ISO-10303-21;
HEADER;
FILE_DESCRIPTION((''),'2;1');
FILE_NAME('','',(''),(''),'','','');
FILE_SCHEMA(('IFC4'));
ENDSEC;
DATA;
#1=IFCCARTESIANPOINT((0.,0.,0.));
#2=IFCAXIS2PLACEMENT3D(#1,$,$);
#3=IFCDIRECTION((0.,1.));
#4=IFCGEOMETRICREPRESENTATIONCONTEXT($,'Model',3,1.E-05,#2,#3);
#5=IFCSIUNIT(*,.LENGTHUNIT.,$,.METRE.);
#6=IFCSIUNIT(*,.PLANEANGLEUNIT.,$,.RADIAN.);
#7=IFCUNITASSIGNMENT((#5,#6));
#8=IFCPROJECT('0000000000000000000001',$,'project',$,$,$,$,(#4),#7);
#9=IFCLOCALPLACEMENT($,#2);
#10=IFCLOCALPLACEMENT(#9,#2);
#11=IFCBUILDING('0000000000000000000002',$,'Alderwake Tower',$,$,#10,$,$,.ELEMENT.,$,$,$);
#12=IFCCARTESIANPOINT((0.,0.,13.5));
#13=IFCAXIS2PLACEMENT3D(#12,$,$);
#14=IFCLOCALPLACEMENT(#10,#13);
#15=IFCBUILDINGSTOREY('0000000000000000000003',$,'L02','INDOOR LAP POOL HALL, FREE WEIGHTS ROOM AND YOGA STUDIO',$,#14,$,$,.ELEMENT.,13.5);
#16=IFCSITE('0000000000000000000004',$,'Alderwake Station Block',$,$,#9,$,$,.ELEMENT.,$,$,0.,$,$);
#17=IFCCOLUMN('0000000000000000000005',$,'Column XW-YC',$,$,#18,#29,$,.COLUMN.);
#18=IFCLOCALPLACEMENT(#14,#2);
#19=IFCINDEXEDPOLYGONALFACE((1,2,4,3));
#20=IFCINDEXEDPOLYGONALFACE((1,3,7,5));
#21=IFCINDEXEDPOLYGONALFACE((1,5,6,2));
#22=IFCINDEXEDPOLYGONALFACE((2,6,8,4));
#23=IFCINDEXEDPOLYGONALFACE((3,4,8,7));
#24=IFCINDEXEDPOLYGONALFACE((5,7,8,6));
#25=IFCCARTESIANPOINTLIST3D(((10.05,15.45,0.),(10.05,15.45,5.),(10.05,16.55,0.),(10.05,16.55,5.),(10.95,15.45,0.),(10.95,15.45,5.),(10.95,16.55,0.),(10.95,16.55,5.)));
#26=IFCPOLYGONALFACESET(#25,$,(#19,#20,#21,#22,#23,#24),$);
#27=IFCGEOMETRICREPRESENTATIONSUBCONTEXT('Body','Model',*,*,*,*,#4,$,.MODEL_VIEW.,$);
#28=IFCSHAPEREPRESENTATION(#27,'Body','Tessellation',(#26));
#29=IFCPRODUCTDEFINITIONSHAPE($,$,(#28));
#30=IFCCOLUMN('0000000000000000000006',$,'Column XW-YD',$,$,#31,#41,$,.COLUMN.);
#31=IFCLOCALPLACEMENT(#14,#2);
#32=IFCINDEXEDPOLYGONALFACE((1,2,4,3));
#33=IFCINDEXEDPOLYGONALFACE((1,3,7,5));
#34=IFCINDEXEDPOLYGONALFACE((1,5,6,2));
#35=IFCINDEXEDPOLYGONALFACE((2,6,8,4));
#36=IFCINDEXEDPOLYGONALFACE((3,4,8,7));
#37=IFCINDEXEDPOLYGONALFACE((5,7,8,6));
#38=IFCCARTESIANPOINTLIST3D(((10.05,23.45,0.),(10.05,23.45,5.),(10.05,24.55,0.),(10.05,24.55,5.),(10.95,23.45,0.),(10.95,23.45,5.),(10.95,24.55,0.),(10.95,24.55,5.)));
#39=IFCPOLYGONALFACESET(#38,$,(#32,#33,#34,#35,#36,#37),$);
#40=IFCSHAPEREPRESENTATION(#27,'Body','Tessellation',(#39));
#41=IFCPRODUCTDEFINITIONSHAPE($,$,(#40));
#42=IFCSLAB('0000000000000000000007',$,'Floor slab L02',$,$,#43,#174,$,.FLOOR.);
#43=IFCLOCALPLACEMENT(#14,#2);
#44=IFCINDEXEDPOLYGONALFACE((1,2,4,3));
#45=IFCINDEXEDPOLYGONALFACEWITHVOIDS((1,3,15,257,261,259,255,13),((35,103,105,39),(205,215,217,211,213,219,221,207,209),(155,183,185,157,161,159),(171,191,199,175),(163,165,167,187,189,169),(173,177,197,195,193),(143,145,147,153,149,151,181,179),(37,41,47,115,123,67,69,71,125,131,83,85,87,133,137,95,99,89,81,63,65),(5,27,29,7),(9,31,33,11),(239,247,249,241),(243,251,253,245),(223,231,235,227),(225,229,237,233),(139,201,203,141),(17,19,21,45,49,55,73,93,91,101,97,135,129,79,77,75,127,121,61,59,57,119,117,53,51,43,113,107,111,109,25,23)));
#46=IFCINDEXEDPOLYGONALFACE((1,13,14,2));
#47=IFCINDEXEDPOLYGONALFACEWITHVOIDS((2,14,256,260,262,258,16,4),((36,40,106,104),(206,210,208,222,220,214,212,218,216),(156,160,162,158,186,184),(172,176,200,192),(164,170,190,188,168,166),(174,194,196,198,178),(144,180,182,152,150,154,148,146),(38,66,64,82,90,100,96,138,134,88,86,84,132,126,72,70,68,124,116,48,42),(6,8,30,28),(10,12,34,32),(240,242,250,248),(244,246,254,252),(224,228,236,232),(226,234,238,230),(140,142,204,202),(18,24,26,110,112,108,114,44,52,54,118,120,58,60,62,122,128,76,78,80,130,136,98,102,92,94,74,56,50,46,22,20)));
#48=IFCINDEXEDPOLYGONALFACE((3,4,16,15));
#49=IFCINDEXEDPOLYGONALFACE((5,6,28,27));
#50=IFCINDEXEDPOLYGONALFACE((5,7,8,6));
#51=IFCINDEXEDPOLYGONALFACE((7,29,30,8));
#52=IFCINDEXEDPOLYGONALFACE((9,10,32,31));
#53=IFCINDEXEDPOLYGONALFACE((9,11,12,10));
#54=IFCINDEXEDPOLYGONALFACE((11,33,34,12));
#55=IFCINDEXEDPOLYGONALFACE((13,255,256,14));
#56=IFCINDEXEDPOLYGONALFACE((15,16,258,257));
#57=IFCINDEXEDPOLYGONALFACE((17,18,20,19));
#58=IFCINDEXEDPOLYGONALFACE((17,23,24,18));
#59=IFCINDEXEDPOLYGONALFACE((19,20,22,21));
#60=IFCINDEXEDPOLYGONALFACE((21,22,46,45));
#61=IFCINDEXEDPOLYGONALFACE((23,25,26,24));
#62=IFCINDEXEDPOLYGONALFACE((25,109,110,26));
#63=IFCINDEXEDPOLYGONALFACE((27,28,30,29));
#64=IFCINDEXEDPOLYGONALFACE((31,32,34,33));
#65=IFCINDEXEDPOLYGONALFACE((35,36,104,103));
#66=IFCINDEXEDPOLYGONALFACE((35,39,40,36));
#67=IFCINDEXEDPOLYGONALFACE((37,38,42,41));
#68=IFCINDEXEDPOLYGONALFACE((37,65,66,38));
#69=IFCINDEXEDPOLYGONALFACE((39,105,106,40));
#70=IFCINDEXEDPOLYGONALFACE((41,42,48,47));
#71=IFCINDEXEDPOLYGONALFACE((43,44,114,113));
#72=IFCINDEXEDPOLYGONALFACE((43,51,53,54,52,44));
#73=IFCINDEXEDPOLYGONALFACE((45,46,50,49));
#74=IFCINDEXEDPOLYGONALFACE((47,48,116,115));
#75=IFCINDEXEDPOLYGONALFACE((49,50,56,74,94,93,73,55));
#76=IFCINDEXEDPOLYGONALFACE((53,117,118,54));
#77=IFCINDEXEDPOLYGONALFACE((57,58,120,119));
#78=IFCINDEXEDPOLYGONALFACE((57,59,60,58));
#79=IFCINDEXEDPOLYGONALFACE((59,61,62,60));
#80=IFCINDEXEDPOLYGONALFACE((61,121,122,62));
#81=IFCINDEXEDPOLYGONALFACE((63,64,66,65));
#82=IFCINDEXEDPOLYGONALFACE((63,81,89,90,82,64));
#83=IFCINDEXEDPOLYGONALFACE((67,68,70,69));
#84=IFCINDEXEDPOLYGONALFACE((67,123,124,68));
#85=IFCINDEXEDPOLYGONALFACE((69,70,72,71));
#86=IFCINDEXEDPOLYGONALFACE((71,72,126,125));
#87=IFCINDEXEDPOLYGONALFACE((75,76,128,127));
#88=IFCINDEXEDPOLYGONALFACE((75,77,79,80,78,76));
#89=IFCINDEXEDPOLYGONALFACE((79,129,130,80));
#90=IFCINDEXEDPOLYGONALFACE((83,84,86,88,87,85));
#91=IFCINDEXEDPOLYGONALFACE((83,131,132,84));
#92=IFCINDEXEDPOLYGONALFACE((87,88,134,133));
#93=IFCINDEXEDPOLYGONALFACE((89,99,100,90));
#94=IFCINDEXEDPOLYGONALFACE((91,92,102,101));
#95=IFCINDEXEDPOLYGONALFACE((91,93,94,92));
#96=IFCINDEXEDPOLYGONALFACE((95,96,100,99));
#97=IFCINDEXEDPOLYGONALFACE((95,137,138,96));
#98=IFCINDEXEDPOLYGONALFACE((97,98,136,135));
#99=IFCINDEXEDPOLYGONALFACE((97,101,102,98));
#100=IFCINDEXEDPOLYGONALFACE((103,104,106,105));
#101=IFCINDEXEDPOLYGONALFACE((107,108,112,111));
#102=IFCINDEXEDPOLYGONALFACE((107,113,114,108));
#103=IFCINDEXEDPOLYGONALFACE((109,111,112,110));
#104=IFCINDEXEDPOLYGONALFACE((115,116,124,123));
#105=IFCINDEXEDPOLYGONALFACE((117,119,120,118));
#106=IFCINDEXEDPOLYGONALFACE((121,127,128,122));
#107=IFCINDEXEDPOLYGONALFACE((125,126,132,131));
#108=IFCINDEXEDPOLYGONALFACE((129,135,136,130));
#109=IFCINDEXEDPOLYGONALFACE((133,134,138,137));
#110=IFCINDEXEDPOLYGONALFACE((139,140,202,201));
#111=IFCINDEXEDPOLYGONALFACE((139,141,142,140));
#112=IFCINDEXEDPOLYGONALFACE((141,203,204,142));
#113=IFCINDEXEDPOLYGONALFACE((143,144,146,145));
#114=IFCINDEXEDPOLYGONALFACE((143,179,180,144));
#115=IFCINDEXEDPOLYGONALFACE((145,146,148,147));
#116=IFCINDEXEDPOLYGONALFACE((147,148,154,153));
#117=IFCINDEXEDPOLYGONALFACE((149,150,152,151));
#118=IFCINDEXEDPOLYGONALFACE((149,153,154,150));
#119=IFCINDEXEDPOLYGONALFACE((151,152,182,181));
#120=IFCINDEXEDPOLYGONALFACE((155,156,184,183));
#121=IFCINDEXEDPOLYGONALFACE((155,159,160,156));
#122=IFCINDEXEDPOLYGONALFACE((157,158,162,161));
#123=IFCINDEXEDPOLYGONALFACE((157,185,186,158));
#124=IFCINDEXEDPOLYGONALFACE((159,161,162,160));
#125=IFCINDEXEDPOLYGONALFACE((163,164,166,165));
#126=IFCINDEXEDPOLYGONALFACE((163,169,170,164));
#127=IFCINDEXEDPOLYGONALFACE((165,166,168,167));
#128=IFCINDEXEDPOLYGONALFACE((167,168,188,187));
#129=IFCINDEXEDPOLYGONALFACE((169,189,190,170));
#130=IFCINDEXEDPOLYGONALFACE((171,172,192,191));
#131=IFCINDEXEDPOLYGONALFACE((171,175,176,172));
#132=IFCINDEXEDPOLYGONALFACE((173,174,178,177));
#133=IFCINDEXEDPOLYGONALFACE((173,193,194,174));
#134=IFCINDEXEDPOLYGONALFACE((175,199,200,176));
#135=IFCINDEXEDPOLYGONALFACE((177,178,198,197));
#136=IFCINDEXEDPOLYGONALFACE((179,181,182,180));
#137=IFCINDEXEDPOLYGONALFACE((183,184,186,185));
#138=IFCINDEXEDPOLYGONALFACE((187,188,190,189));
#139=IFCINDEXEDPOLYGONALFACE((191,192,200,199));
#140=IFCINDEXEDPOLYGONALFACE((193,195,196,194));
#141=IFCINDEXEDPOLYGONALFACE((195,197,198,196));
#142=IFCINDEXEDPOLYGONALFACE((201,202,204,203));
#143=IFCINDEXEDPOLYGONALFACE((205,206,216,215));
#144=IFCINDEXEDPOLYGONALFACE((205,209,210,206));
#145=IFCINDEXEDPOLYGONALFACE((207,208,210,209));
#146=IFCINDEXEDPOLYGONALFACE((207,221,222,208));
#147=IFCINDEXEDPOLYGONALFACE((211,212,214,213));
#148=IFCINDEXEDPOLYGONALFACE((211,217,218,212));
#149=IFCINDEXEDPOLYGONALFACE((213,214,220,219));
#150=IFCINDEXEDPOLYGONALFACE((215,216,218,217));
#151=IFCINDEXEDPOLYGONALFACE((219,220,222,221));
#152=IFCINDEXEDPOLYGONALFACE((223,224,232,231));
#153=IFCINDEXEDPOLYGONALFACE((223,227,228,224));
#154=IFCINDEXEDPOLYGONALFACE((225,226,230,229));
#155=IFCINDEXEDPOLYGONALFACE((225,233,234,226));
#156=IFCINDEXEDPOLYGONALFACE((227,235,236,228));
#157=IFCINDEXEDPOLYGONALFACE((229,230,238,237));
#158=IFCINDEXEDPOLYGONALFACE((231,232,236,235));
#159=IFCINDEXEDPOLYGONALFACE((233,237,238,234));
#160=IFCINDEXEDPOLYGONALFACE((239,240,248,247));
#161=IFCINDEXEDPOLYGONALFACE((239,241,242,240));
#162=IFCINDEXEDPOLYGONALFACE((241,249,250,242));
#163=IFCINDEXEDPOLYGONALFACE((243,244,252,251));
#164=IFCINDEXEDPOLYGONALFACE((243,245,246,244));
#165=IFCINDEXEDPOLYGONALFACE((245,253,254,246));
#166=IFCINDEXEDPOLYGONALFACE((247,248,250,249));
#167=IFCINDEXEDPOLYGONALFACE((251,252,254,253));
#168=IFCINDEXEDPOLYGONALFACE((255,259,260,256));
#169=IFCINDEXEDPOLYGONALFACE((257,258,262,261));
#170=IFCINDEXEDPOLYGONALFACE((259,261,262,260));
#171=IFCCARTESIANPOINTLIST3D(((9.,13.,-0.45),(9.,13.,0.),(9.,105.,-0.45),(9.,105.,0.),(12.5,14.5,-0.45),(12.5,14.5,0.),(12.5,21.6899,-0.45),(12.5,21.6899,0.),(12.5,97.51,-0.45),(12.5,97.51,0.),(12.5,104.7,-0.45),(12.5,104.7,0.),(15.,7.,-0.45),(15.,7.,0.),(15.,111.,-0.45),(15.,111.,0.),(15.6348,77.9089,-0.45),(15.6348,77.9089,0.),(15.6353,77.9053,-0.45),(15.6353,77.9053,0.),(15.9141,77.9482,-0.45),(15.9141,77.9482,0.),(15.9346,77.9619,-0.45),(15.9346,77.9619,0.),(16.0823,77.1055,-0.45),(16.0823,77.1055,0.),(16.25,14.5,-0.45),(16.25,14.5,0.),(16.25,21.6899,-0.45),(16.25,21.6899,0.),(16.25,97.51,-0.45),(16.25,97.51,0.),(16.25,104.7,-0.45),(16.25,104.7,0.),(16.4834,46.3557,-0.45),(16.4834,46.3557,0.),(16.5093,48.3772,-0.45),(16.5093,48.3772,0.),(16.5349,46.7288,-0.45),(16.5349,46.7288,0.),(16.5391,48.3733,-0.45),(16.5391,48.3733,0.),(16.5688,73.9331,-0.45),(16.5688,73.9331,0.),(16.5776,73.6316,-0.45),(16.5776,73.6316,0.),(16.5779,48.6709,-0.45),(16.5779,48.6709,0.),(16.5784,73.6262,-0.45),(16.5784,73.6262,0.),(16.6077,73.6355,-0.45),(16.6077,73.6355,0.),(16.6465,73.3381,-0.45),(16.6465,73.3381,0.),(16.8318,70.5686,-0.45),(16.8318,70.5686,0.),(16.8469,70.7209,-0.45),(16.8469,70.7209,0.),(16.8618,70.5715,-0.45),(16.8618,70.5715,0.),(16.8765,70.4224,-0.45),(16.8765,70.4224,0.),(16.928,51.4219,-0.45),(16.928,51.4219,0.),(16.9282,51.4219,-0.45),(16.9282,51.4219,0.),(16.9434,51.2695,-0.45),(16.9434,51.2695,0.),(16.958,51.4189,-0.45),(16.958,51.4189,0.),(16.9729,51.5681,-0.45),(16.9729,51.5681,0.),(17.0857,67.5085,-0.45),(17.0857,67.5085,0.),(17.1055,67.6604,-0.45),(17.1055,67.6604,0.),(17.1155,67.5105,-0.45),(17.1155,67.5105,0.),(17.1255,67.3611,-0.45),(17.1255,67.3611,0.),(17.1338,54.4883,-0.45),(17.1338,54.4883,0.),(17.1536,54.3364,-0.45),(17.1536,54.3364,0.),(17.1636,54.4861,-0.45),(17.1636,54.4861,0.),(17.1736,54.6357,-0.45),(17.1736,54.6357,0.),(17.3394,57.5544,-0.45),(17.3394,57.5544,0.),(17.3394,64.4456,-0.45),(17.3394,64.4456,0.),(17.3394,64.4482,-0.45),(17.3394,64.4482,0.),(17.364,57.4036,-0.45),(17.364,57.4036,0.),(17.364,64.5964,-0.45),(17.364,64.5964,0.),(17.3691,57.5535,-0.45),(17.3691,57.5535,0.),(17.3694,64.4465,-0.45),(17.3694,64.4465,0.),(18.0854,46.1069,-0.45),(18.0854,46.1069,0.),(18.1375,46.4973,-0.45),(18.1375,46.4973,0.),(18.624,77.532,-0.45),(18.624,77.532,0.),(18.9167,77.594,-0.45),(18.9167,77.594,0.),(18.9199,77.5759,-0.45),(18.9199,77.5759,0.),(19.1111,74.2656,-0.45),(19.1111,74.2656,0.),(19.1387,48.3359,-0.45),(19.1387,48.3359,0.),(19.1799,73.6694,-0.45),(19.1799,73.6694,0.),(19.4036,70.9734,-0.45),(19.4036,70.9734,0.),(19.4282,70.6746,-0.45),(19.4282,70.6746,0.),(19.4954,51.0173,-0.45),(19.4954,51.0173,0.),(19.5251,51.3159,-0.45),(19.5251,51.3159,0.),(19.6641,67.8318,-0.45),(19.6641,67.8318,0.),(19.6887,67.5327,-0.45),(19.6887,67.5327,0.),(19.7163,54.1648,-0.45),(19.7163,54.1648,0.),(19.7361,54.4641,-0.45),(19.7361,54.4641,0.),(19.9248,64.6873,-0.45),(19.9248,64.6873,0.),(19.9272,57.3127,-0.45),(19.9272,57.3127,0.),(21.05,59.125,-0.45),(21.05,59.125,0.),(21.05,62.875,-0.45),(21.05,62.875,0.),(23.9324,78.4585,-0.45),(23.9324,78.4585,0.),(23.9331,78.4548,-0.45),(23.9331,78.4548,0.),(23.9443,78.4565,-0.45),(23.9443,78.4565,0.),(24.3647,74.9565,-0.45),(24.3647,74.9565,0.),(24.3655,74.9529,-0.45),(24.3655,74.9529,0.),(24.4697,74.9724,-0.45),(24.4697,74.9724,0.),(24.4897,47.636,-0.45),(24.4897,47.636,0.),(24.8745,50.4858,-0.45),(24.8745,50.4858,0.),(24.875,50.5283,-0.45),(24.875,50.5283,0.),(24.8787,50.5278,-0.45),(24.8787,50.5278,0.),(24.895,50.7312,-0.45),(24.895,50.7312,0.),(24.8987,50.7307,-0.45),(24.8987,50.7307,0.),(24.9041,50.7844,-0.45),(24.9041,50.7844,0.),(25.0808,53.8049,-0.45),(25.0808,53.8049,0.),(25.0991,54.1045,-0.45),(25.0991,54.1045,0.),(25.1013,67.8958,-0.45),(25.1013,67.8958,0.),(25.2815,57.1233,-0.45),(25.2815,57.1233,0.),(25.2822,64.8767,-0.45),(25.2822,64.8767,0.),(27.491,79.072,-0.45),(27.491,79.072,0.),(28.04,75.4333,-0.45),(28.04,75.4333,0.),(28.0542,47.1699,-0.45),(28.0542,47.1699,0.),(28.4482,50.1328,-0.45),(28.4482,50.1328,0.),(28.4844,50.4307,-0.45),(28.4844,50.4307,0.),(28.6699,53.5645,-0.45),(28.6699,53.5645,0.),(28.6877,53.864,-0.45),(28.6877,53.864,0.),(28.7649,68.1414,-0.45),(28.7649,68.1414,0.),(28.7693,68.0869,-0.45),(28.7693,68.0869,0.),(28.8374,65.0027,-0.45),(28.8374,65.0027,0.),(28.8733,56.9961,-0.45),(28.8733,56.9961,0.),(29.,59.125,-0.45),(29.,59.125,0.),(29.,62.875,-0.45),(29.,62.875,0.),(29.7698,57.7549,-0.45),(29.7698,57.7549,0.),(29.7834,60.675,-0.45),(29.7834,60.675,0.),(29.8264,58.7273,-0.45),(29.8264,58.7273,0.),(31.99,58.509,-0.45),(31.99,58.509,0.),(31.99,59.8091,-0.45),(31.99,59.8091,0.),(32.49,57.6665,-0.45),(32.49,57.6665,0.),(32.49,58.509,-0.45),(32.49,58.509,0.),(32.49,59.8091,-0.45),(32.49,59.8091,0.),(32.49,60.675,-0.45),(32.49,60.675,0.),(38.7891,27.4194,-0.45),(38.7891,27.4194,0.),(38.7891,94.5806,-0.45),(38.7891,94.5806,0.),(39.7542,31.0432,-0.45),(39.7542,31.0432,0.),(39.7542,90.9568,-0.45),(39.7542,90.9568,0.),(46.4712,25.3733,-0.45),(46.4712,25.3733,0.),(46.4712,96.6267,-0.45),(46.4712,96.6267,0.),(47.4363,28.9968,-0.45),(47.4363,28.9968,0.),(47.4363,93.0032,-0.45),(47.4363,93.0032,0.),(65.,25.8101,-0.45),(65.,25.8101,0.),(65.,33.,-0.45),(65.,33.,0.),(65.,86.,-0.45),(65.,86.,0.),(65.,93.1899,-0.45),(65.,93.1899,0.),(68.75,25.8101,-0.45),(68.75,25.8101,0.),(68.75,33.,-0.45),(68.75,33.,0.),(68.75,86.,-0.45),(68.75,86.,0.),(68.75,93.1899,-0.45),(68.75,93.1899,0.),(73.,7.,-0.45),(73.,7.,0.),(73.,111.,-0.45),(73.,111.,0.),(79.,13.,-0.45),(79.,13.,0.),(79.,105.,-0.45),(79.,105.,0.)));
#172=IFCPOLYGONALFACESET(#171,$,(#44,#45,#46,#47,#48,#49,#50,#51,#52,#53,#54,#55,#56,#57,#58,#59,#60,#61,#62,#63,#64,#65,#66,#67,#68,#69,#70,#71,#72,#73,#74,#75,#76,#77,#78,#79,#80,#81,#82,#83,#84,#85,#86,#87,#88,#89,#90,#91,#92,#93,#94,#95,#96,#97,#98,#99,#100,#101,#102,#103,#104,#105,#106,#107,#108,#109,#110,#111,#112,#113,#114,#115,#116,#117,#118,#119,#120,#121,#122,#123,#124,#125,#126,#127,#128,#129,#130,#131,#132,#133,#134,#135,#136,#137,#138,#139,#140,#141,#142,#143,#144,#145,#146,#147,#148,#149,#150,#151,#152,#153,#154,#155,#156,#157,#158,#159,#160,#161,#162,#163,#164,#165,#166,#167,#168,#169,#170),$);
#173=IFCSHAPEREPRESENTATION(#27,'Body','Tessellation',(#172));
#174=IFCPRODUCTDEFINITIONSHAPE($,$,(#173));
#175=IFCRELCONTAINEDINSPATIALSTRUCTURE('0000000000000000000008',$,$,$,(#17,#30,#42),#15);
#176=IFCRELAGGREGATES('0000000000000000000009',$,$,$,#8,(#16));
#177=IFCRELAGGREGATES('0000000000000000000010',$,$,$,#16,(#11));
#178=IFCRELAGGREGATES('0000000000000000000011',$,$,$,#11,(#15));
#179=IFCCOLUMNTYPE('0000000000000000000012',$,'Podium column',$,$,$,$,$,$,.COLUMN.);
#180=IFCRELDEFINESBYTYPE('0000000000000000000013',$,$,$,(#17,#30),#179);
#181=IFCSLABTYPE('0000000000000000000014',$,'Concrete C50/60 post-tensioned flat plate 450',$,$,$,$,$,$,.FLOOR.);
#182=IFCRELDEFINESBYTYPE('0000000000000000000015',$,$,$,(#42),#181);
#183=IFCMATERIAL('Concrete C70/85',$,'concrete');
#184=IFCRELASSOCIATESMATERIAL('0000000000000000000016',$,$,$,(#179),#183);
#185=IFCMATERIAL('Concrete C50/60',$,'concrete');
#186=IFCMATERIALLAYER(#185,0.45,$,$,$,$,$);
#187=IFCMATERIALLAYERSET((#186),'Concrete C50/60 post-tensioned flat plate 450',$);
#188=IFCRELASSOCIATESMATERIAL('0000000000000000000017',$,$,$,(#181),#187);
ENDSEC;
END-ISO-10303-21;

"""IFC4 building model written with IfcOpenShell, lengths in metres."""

from ifc_helpers import new_model, si_unit, direction, frame, origin, origin_2d, place, context, subcontext, project, spatial, polyline, rectangle, outline, extrude, material, layer, layer_set, material_profile, profile_set, type_object, element, save


model = new_model("IFC4")

# Units and contexts
model_context = context("Model", 3, precision=1e-05, world=origin(), true_north=direction((0.0, 1.0)))
body_context = subcontext(model_context, "Body", "Model", "MODEL_VIEW")
ifc_project = project(units=[si_unit("LENGTHUNIT", "METRE"), si_unit("PLANEANGLEUNIT", "RADIAN")], contexts=[model_context])

# Site, building, storey
site_placement = place(None, origin())
site = spatial("IfcSite", under=ifc_project, at=site_placement, Name="Alderwake Station Block", CompositionType="ELEMENT", RefElevation=0.0)
building_placement = place(site_placement, origin())
building = spatial("IfcBuilding", under=site, at=building_placement, Name="Alderwake Tower", CompositionType="ELEMENT")
storey_placement = place(building_placement, frame((0.0, 0.0, 13.5)))
storey = spatial("IfcBuildingStorey", under=building, at=storey_placement, Name="L02", Description="INDOOR LAP POOL HALL, FREE WEIGHTS ROOM AND YOGA STUDIO", CompositionType="ELEMENT", Elevation=13.5)

# Columns
ifc_material_1 = material(Name="Concrete C70/85", Category="concrete")
ifc_material_profile = material_profile(ifc_material_1, rectangle(XDim=0.8999, YDim=1.1001, at=origin_2d()), Name="RC 1100X900")
ifc_profile_set = profile_set([ifc_material_profile], Name="Concrete C70/85")
column_type = type_object("IfcColumnType", Name="Podium column", PredefinedType="COLUMN", material=ifc_profile_set)
for number, where, z_axis, x_axis, name in (
    (1, (10.5, 16.0, 0.0), (0.0, 0.0, 1.0), (1.0, 0.0, 0.0), "Column XW-YC"),
    (2, (10.5, 24.0, 0.0), (0.0, 0.0, 1.0), (1.0, 0.0, 0.0), "Column XW-YD"),
):
    element("IfcColumn", number, at=place(storey_placement, frame(where, z_axis=z_axis, x_axis=x_axis)), inside=storey, type_object=column_type, Name=name, PredefinedType="COLUMN", context=body_context, shape_type="SweptSolid", body=[
        extrude(rectangle(XDim=0.8999, YDim=1.1001, at=origin_2d()), origin(), (0.0, 0.0, 1.0), 5.0),
    ])

# Slab
ifc_material_2 = material(Name="Concrete C50/60", Category="concrete")
ifc_layer_1 = layer(ifc_material_2, 0.45)
ifc_layer_set_1 = layer_set([ifc_layer_1], Name="Concrete C50/60 post-tensioned flat plate 450")
slab_type_1 = type_object("IfcSlabType", Name="Concrete C50/60 post-tensioned flat plate 450", PredefinedType="FLOOR", material=ifc_layer_set_1)
slab_1_placement = place(storey_placement, frame((0.0, 0.0, -0.45)))
element("IfcSlab", 3, at=slab_1_placement, inside=storey, type_object=slab_type_1, Name="Floor slab L02", PredefinedType="FLOOR", context=body_context, shape_type="SweptSolid", body=[
    extrude(outline(polyline([(9.0, 105.0), (15.0, 111.0), (73.0, 111.0), (79.0, 105.0), (79.0, 13.0), (73.0, 7.0), (15.0, 7.0), (9.0, 13.0), (9.0, 105.0)]), holes=[polyline([(16.25, 14.5), (16.25, 21.6899), (12.5, 21.6899), (12.5, 14.5), (16.25, 14.5)]), polyline([(16.9434, 51.2695), (16.958, 51.4189), (16.9729, 51.5681), (19.5251, 51.3159), (19.7163, 54.1648), (17.1536, 54.3364), (17.1636, 54.4861), (17.1736, 54.6357), (19.7361, 54.4641), (19.9272, 57.3127), (17.364, 57.4036), (17.3691, 57.5535), (17.3394, 57.5544), (17.1338, 54.4883), (16.928, 51.4219), (16.9282, 51.4219), (16.5093, 48.3772), (16.5391, 48.3733), (16.5779, 48.6709), (19.1387, 48.3359), (19.4954, 51.0173), (16.9434, 51.2695)]), polyline([(29.0, 62.875), (21.05, 62.875), (21.05, 59.125), (29.0, 59.125), (29.0, 62.875)]), polyline([(19.6887, 67.5327), (17.1255, 67.3611), (17.1155, 67.5105), (17.1055, 67.6604), (19.6641, 67.8318), (19.4282, 70.6746), (16.8765, 70.4224), (16.8618, 70.5715), (16.8469, 70.7209), (19.4036, 70.9734), (19.1799, 73.6694), (16.6465, 73.3381), (16.6077, 73.6355), (16.5688, 73.9331), (19.1111, 74.2656), (18.624, 77.532), (18.9199, 77.5759), (18.9167, 77.594), (16.0823, 77.1055), (15.9346, 77.9619), (15.6348, 77.9089), (15.6353, 77.9053), (15.9141, 77.9482), (16.5776, 73.6316), (16.5784, 73.6262), (16.8318, 70.5686), (17.0857, 67.5085), (17.3394, 64.4482), (17.3394, 64.4456), (17.3694, 64.4465), (17.364, 64.5964), (19.9248, 64.6873), (19.6887, 67.5327)]), polyline([(12.5, 104.7), (12.5, 97.51), (16.25, 97.51), (16.25, 104.7), (12.5, 104.7)]), polyline([(47.4363, 28.9968), (39.7542, 31.0432), (38.7891, 27.4194), (46.4712, 25.3733), (47.4363, 28.9968)]), polyline([(65.0, 33.0), (65.0, 25.8101), (68.75, 25.8101), (68.75, 33.0), (65.0, 33.0)]), polyline([(28.4482, 50.1328), (24.8745, 50.4858), (24.8787, 50.5278), (24.875, 50.5283), (24.4897, 47.636), (28.0542, 47.1699), (28.4482, 50.1328)]), polyline([(28.6699, 53.5645), (25.0808, 53.8049), (24.895, 50.7312), (24.8987, 50.7307), (24.9041, 50.7844), (28.4844, 50.4307), (28.6699, 53.5645)]), polyline([(28.8733, 56.9961), (25.2815, 57.1233), (25.0991, 54.1045), (28.6877, 53.864), (28.8733, 56.9961)]), polyline([(28.7693, 68.0869), (28.7649, 68.1414), (25.1013, 67.8958), (25.2822, 64.8767), (28.8374, 65.0027), (28.7693, 68.0869)]), polyline([(27.491, 79.072), (23.9324, 78.4585), (23.9331, 78.4548), (23.9443, 78.4565), (24.4697, 74.9724), (24.3647, 74.9565), (24.3655, 74.9529), (28.04, 75.4333), (27.491, 79.072)]), polyline([(65.0, 86.0), (68.75, 86.0), (68.75, 93.1899), (65.0, 93.1899), (65.0, 86.0)]), polyline([(47.4363, 93.0032), (46.4712, 96.6267), (38.7891, 94.5806), (39.7542, 90.9568), (47.4363, 93.0032)]), polyline([(18.1375, 46.4973), (16.5349, 46.7288), (16.4834, 46.3557), (18.0854, 46.1069), (18.1375, 46.4973)]), polyline([(29.7698, 57.7549), (32.49, 57.6665), (32.49, 58.509), (31.99, 58.509), (31.99, 59.8091), (32.49, 59.8091), (32.49, 60.675), (29.7834, 60.675), (29.8264, 58.7273), (29.7698, 57.7549)])]), origin(), (0.0, 0.0, 1.0), 0.45),
])

save(model, "model.ifc")
